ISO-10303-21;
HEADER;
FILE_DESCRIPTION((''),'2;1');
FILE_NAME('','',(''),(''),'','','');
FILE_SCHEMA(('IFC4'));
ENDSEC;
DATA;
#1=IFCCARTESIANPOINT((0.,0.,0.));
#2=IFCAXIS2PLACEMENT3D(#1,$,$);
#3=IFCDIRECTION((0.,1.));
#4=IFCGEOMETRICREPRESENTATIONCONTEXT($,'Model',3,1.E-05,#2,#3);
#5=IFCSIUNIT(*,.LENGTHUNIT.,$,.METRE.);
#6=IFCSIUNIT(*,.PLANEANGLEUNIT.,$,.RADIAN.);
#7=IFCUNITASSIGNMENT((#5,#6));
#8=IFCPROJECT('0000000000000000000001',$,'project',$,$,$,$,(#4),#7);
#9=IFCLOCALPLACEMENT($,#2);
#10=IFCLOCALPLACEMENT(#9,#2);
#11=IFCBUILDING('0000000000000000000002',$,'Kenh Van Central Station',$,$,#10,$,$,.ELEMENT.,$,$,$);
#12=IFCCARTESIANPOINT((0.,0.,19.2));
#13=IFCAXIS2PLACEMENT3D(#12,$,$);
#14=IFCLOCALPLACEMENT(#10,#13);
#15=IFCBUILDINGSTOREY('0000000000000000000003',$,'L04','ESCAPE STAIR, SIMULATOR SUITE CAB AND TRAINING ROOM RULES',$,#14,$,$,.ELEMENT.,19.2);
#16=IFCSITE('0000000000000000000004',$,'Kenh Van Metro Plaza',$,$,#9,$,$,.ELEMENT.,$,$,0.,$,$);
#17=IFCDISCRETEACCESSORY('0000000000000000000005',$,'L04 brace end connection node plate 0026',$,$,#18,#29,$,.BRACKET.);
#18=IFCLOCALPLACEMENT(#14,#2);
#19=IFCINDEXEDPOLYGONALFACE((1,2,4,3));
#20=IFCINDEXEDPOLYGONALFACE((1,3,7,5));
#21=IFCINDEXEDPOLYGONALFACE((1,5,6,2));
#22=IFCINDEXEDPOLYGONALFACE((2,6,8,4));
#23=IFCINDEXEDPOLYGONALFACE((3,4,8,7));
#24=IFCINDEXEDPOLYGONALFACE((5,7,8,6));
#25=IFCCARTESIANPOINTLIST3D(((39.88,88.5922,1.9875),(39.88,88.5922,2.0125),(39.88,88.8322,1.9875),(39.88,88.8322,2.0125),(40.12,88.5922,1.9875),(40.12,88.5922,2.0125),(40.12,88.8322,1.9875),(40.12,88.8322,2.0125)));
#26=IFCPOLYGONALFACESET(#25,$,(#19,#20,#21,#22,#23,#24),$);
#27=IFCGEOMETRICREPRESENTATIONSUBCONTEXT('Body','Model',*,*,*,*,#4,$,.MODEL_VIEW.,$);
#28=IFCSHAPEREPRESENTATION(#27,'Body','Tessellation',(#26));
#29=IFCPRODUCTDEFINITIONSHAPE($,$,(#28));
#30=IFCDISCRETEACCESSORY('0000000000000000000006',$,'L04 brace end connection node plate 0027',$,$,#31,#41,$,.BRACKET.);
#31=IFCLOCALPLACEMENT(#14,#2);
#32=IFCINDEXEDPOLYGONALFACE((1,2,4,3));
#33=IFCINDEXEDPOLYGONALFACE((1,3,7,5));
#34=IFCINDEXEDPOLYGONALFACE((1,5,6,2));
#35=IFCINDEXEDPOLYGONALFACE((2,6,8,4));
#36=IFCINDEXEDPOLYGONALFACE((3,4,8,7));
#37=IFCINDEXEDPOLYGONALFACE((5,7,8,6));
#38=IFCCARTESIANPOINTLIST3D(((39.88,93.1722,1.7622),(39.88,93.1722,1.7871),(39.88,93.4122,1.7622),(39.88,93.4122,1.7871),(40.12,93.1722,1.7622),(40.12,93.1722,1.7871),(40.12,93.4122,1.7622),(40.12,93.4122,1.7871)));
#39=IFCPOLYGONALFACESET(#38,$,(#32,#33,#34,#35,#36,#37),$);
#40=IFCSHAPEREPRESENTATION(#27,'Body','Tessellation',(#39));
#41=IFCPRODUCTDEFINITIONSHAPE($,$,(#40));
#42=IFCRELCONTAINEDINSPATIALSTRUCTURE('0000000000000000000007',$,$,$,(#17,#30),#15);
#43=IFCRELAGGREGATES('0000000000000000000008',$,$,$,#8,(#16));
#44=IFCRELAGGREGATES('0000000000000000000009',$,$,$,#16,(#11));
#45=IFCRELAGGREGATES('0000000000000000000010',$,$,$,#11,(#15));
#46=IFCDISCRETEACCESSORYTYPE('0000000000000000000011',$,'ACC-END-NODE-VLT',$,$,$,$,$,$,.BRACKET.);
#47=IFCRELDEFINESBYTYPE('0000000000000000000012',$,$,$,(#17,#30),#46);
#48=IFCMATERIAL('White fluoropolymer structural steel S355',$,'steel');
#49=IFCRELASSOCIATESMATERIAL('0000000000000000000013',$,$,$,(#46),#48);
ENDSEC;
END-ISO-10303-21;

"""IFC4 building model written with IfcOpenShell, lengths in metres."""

from ifc_helpers import new_model, si_unit, direction, frame, origin, origin_2d, place, context, subcontext, project, spatial, rectangle, extrude, material, type_object, element, save


model = new_model("IFC4")

# Units and contexts
model_context = context("Model", 3, precision=1e-05, world=origin(), true_north=direction((0.0, 1.0)))
body_context = subcontext(model_context, "Body", "Model", "MODEL_VIEW")
ifc_project = project(units=[si_unit("LENGTHUNIT", "METRE"), si_unit("PLANEANGLEUNIT", "RADIAN")], contexts=[model_context])

# Site, building, storey
site_placement = place(None, origin())
site = spatial("IfcSite", under=ifc_project, at=site_placement, Name="Kenh Van Metro Plaza", CompositionType="ELEMENT", RefElevation=0.0)
building_placement = place(site_placement, origin())
building = spatial("IfcBuilding", under=site, at=building_placement, Name="Kenh Van Central Station", CompositionType="ELEMENT")
storey_placement = place(building_placement, frame((0.0, 0.0, 19.2)))
storey = spatial("IfcBuildingStorey", under=building, at=storey_placement, Name="L04", Description="ESCAPE STAIR, SIMULATOR SUITE CAB AND TRAINING ROOM RULES", CompositionType="ELEMENT", Elevation=19.2)

# Shared definitions
ifc_material_1 = material(Name="White fluoropolymer structural steel S355", Category="steel")

# Discrete accessories
discrete_accessory_type_1 = type_object("IfcDiscreteAccessoryType", Name="ACC-END-NODE-VLT", PredefinedType="BRACKET", material=ifc_material_1)
for number, where, z_axis, x_axis, name in (
    (1, (40.0, 88.7122, 1.9875), (0.0, 0.0, 1.0), (1.0, 0.0, 0.0), "L04 brace end connection node plate 0026"),
    (2, (40.0, 93.2922, 1.7622), (0.0, 0.0, 1.0), (1.0, 0.0, 0.0), "L04 brace end connection node plate 0027"),
):
    element("IfcDiscreteAccessory", number, at=place(storey_placement, frame(where, z_axis=z_axis, x_axis=x_axis)), inside=storey, type_object=discrete_accessory_type_1, Name=name, PredefinedType="BRACKET", context=body_context, shape_type="SweptSolid", body=[
        extrude(rectangle(XDim=0.24, YDim=0.24, at=origin_2d()), origin(), (0.0, 0.0, 1.0), 0.0249),
    ])

save(model, "model.ifc")
